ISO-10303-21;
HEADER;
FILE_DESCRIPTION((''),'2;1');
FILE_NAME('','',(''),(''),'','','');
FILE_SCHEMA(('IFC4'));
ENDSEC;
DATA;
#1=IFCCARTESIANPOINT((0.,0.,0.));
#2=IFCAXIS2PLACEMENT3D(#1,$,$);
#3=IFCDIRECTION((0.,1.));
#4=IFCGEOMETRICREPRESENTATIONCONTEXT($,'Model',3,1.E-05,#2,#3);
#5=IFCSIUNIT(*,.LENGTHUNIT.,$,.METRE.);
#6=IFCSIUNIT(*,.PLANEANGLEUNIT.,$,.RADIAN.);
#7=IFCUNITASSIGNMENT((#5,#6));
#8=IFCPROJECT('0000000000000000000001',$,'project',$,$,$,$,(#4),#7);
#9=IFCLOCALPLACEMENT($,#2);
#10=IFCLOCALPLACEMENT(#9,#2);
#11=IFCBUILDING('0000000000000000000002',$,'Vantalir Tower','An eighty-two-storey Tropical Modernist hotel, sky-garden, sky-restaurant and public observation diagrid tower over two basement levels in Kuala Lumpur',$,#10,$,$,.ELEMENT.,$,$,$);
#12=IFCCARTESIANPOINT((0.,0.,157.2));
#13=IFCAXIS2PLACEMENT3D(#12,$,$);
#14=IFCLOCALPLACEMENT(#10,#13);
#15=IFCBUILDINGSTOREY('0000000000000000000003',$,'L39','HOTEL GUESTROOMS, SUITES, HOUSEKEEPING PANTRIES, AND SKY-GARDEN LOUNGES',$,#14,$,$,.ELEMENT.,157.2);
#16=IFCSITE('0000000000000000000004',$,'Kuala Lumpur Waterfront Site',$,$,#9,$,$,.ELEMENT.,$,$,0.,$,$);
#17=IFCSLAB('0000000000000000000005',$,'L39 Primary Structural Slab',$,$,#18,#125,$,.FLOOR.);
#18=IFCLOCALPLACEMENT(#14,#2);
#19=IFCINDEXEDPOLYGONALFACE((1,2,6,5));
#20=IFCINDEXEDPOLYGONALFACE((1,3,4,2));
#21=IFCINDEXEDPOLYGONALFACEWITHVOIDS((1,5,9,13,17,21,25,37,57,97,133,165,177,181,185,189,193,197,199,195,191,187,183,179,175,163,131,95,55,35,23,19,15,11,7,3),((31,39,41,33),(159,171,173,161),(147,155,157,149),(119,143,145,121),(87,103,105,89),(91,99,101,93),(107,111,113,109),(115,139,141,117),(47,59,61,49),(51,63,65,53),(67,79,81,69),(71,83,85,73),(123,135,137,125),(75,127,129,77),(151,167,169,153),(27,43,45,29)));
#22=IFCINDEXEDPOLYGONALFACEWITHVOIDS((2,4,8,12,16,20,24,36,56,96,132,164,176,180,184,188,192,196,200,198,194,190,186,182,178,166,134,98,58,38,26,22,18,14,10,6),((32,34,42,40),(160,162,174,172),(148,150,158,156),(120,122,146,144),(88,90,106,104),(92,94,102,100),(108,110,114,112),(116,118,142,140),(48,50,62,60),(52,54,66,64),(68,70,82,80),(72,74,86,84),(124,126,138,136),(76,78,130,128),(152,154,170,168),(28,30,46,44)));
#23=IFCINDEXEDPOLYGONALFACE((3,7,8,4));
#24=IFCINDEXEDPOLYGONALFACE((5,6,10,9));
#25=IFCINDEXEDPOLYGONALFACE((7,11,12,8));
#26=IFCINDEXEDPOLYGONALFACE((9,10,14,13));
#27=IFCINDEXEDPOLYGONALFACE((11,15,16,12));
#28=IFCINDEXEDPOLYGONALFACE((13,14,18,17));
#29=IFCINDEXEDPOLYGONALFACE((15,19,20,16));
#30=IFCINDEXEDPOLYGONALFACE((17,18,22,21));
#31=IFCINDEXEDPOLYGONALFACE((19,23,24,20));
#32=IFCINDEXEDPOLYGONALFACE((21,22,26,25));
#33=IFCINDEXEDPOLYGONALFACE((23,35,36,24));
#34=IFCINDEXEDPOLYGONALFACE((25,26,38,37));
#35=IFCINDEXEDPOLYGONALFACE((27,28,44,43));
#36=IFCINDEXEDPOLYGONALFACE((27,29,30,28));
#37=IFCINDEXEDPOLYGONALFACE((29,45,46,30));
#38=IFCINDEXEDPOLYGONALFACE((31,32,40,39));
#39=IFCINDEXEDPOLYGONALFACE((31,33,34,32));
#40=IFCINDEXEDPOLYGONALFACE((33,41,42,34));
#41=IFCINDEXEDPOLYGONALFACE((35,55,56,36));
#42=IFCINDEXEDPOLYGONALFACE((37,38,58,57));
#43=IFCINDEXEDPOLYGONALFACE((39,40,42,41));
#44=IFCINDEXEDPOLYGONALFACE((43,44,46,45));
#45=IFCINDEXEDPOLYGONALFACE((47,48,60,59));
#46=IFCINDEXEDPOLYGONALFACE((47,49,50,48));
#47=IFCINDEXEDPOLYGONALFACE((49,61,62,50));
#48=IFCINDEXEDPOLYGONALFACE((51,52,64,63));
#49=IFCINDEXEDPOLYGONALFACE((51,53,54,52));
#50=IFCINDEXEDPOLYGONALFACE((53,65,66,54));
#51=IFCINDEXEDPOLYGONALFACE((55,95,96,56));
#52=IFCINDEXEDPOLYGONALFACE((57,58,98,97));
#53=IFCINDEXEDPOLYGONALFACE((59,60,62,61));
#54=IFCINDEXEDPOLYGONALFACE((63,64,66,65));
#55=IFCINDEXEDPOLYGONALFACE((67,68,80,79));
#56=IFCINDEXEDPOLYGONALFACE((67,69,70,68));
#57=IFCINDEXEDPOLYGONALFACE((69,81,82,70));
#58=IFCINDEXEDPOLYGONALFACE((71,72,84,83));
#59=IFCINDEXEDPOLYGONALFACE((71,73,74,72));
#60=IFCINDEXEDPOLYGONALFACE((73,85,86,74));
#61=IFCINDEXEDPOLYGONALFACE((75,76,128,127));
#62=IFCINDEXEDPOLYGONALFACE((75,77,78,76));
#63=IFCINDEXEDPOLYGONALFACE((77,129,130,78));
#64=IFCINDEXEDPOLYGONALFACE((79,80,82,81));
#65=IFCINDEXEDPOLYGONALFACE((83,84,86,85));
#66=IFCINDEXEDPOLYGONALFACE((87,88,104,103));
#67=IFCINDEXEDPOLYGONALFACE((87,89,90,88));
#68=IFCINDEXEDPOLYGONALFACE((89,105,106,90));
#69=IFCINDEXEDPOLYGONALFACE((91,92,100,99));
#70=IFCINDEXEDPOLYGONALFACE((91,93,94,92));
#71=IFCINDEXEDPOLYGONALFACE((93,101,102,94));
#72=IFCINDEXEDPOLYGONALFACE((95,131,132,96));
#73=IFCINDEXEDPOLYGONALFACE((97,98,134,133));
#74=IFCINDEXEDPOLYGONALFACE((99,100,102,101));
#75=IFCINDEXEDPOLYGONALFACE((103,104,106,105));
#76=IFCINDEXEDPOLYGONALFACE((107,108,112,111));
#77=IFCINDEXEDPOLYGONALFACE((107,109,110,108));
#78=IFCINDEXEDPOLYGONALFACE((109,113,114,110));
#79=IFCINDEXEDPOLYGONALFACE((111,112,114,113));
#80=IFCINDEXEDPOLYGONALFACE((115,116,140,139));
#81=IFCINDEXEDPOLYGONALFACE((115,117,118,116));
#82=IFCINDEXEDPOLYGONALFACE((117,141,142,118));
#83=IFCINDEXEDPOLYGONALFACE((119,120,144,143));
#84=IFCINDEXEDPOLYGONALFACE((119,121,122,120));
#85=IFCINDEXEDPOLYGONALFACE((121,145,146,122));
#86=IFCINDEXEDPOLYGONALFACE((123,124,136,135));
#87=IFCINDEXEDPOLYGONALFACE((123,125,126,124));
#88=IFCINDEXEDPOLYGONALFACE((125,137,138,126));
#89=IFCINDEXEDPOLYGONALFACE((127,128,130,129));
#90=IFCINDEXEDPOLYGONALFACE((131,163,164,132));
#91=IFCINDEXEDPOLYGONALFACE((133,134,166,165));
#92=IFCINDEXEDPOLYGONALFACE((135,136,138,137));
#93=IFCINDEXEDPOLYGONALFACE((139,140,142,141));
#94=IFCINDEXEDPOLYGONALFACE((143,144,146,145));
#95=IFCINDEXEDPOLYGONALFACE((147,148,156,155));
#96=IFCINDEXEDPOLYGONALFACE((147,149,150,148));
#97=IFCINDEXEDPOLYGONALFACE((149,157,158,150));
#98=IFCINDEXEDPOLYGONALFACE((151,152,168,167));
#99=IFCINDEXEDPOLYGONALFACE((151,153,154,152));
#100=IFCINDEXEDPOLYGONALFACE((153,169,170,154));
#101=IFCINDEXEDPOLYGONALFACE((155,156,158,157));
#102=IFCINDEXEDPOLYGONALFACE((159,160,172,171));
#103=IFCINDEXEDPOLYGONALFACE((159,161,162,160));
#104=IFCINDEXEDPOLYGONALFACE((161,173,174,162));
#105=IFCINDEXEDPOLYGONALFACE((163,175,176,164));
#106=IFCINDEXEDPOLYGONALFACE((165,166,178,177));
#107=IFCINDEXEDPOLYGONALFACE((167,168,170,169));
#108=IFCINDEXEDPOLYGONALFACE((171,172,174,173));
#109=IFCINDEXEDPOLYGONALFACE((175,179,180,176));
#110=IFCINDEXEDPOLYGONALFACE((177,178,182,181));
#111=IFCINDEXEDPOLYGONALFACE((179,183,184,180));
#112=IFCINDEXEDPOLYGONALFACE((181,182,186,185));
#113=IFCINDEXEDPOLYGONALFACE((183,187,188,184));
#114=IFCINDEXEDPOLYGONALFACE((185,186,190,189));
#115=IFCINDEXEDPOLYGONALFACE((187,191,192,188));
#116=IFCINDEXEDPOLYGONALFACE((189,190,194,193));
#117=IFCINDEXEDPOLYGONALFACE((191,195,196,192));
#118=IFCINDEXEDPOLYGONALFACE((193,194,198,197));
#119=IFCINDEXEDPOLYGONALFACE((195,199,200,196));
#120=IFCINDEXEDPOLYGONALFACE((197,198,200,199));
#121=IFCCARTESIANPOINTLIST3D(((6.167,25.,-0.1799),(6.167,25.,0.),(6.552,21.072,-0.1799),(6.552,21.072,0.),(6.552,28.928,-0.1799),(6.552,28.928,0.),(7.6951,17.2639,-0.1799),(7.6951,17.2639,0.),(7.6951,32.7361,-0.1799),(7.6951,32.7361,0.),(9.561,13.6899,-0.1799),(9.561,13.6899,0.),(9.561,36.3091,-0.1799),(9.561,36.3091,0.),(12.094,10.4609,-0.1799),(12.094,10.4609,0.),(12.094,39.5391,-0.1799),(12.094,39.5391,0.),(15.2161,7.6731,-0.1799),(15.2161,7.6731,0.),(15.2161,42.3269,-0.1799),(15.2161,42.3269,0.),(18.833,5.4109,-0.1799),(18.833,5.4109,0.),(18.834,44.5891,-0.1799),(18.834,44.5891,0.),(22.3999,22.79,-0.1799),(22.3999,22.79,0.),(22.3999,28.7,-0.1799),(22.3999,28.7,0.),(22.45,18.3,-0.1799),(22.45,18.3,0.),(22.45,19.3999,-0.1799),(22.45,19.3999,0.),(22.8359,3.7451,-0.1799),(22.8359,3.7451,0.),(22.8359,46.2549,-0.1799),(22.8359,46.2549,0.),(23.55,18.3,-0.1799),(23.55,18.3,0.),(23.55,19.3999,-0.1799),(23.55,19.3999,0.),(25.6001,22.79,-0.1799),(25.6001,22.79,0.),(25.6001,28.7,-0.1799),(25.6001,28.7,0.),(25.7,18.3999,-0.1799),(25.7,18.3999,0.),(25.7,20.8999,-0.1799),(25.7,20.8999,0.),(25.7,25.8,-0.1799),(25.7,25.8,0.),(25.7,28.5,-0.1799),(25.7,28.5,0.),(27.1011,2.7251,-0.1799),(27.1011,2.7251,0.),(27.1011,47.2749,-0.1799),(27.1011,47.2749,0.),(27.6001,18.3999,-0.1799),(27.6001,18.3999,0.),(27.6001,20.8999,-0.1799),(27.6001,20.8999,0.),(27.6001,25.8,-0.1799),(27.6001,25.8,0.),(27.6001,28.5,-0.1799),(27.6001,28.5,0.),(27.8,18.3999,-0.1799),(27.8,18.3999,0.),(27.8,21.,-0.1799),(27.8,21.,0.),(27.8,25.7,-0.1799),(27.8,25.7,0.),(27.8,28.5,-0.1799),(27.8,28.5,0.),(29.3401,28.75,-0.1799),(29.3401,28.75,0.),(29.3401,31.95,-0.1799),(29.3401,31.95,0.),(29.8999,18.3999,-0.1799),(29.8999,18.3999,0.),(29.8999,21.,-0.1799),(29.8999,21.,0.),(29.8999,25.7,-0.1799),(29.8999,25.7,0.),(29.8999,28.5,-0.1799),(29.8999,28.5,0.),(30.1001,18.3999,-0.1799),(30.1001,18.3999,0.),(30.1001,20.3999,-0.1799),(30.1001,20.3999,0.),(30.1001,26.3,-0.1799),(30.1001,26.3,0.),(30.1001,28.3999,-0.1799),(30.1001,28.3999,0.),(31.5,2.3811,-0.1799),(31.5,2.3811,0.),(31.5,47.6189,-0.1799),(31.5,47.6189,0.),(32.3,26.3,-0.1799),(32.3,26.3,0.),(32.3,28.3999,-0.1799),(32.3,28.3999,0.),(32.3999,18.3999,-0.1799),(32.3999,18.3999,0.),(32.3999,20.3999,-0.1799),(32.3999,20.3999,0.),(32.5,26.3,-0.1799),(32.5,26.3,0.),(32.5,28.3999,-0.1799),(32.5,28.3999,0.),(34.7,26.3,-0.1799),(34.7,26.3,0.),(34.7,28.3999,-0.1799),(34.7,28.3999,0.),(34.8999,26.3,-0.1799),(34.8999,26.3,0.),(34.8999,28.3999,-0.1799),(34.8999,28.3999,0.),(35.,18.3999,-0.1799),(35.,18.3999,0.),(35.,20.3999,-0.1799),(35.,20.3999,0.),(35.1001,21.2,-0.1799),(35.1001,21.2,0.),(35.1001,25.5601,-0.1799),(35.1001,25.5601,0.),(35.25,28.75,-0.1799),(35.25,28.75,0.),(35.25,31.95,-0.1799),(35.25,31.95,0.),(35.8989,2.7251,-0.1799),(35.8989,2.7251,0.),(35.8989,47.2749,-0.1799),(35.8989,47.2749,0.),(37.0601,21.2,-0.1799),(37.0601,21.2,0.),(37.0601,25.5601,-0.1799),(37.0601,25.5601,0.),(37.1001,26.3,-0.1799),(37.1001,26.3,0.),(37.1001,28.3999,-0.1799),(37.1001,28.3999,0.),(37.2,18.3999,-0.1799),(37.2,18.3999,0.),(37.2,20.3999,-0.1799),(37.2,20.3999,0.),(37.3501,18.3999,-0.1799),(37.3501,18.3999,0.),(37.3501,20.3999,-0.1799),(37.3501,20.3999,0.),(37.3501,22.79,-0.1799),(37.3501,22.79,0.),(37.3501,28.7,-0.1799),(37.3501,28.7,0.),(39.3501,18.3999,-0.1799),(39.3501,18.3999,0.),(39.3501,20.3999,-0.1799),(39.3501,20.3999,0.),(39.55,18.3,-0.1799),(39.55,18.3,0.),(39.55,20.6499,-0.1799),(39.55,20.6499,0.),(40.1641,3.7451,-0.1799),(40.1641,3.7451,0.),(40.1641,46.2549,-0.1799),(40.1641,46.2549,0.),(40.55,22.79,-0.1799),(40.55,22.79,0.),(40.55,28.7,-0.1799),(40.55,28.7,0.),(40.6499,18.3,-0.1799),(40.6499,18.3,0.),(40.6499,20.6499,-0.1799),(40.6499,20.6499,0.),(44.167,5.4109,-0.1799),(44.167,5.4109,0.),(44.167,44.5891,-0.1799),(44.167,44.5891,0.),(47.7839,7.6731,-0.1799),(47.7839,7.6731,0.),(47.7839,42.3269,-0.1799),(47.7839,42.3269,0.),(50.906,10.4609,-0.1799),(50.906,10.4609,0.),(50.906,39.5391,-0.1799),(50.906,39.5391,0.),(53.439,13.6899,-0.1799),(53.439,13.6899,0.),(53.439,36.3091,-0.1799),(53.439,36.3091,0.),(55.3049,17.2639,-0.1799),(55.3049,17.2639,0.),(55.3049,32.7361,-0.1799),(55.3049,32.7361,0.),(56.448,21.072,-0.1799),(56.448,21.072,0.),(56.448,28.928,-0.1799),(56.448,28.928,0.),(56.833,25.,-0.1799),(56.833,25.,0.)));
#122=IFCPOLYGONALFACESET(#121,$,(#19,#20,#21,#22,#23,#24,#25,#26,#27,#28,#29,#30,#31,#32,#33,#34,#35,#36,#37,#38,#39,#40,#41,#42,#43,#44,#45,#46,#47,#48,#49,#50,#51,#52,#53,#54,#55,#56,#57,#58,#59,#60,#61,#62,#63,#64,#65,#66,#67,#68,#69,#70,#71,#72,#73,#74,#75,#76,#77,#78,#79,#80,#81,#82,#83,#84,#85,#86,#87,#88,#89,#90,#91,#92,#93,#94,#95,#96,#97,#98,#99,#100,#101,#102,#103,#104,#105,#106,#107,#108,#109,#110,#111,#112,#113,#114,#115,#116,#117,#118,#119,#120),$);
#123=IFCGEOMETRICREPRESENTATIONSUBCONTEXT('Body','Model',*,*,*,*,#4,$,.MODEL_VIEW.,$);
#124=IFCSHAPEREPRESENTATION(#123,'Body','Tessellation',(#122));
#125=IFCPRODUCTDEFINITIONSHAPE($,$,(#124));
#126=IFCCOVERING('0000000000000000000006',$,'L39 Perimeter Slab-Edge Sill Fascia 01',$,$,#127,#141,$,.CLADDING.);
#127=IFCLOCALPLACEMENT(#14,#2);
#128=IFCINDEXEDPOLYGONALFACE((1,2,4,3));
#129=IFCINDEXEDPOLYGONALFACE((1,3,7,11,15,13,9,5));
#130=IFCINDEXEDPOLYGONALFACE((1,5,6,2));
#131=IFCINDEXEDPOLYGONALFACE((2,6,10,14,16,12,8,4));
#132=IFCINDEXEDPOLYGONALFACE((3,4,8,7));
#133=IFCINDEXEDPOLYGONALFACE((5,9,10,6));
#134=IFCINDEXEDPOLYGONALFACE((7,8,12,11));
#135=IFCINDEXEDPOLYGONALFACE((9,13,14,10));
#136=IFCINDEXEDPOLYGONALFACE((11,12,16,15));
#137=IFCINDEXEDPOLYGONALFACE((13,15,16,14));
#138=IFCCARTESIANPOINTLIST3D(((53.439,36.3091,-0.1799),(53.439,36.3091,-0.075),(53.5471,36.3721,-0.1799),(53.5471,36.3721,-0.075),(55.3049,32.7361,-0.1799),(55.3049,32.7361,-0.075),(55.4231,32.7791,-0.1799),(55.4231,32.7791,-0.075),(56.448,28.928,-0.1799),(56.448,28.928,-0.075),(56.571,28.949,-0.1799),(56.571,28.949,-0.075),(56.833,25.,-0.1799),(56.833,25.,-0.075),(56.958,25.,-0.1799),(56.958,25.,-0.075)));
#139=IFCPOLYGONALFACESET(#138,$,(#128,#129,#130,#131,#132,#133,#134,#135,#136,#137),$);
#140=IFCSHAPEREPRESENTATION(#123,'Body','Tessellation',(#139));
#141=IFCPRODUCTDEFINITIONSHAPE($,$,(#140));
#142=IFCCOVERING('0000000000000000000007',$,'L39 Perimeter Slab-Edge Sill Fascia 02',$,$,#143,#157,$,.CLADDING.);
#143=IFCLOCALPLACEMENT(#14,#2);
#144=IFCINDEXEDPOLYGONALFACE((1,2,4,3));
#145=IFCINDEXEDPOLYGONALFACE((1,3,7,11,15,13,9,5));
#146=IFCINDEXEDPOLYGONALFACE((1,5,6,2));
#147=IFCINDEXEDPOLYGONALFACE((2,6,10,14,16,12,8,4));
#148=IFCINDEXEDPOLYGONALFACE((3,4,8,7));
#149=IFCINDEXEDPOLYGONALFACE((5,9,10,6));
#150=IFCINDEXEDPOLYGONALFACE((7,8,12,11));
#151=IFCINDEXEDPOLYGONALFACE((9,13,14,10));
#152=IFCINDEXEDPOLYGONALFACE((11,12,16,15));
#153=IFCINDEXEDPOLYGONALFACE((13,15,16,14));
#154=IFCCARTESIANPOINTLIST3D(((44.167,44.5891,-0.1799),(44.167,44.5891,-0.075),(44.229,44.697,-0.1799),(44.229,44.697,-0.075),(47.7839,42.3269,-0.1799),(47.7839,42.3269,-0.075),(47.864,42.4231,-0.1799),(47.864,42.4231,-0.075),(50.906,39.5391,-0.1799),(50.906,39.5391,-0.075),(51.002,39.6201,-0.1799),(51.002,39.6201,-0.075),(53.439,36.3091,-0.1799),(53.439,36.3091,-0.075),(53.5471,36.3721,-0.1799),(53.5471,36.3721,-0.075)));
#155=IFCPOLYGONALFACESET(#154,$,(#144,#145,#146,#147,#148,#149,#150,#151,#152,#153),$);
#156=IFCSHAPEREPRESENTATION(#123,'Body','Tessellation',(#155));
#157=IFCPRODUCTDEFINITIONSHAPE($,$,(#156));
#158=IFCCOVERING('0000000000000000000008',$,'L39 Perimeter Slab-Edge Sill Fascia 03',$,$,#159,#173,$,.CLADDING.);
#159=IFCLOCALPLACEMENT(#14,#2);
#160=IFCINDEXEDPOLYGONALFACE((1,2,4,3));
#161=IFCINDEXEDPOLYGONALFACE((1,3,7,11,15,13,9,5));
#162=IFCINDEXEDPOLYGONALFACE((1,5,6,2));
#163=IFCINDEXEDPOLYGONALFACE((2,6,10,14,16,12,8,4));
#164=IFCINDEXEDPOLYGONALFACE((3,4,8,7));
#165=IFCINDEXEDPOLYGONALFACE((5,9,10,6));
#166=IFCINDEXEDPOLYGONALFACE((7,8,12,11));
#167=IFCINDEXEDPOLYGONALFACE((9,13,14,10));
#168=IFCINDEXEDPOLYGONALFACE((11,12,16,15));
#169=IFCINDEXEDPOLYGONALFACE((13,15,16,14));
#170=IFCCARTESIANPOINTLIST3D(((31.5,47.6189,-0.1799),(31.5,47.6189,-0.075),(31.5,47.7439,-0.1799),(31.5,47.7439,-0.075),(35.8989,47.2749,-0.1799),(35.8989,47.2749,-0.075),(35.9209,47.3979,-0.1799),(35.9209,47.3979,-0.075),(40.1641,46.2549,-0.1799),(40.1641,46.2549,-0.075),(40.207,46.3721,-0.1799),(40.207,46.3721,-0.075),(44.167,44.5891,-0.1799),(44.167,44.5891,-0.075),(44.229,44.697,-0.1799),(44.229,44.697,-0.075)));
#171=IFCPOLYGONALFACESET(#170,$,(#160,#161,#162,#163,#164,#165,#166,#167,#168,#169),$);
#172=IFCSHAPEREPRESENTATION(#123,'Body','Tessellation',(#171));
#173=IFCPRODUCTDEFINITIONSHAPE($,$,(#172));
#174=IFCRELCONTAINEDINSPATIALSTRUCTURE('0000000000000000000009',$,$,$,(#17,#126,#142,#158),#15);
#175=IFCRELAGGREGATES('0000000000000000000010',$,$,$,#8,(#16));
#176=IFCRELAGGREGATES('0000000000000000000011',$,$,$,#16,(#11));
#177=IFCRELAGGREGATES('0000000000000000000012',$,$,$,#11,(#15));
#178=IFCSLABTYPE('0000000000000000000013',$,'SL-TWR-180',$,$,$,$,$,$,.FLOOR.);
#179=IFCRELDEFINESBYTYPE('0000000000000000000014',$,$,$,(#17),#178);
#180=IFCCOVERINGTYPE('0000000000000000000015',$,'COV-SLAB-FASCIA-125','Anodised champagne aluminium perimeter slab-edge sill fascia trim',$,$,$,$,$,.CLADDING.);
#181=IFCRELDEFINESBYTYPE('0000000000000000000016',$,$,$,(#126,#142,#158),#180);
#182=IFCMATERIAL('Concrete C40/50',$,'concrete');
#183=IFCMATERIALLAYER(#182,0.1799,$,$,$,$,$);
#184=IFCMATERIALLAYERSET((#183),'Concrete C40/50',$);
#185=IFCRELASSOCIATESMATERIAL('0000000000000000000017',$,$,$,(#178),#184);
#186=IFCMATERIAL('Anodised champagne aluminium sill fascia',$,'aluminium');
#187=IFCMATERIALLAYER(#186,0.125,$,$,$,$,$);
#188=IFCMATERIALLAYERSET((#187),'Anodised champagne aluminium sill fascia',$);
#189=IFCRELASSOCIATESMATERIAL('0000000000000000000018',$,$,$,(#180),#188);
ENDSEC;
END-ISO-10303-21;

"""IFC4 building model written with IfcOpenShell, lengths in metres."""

from ifc_helpers import new_model, si_unit, direction, frame, origin, place, context, subcontext, project, spatial, polyline, outline, extrude, material, layer, layer_set, type_object, element, save


model = new_model("IFC4")

# Units and contexts
model_context = context("Model", 3, precision=1e-05, world=origin(), true_north=direction((0.0, 1.0)))
body_context = subcontext(model_context, "Body", "Model", "MODEL_VIEW")
ifc_project = project(units=[si_unit("LENGTHUNIT", "METRE"), si_unit("PLANEANGLEUNIT", "RADIAN")], contexts=[model_context])

# Site, building, storey
site_placement = place(None, origin())
site = spatial("IfcSite", under=ifc_project, at=site_placement, Name="Kuala Lumpur Waterfront Site", CompositionType="ELEMENT", RefElevation=0.0)
building_placement = place(site_placement, origin())
building = spatial("IfcBuilding", under=site, at=building_placement, Name="Vantalir Tower", Description="An eighty-two-storey Tropical Modernist hotel, sky-garden, sky-restaurant and public observation diagrid tower over two basement levels in Kuala Lumpur", CompositionType="ELEMENT")
storey_placement = place(building_placement, frame((0.0, 0.0, 157.2)))
storey = spatial("IfcBuildingStorey", under=building, at=storey_placement, Name="L39", Description="HOTEL GUESTROOMS, SUITES, HOUSEKEEPING PANTRIES, AND SKY-GARDEN LOUNGES", CompositionType="ELEMENT", Elevation=157.2)

# Shared definitions
ifc_material_1 = material(Name="Concrete C40/50", Category="concrete")

# Slab
ifc_layer_1 = layer(ifc_material_1, 0.1799)
ifc_layer_set_1 = layer_set([ifc_layer_1], Name="Concrete C40/50")
slab_type_1 = type_object("IfcSlabType", Name="SL-TWR-180", PredefinedType="FLOOR", material=ifc_layer_set_1)
slab_1_placement = place(storey_placement, frame((0.0, 0.0, -0.1799)))
element("IfcSlab", 1, at=slab_1_placement, inside=storey, type_object=slab_type_1, Name="L39 Primary Structural Slab", PredefinedType="FLOOR", context=body_context, shape_type="SweptSolid", body=[
    extrude(outline(polyline([(9.561, 13.6899), (12.094, 10.4609), (15.2161, 7.6731), (18.833, 5.4109), (22.8359, 3.7451), (27.1011, 2.7251), (31.5, 2.3811), (35.8989, 2.7251), (40.1641, 3.7451), (44.167, 5.4109), (47.7839, 7.6731), (50.906, 10.4609), (53.439, 13.6899), (55.3049, 17.2639), (56.448, 21.072), (56.833, 25.0), (56.448, 28.928), (55.3049, 32.7361), (53.439, 36.3091), (50.906, 39.5391), (47.7839, 42.3269), (44.167, 44.5891), (40.1641, 46.2549), (35.8989, 47.2749), (31.5, 47.6189), (27.1011, 47.2749), (22.8359, 46.2549), (18.834, 44.5891), (15.2161, 42.3269), (12.094, 39.5391), (9.561, 36.3091), (7.6951, 32.7361), (6.552, 28.928), (6.167, 25.0), (6.552, 21.072), (7.6951, 17.2639), (9.561, 13.6899)]), holes=[polyline([(22.3999, 22.79), (22.3999, 28.7), (25.6001, 28.7), (25.6001, 22.79), (22.3999, 22.79)]), polyline([(37.3501, 28.7), (40.55, 28.7), (40.55, 22.79), (37.3501, 22.79), (37.3501, 28.7)]), polyline([(35.25, 28.75), (29.3401, 28.75), (29.3401, 31.95), (35.25, 31.95), (35.25, 28.75)]), polyline([(27.6001, 18.3999), (25.7, 18.3999), (25.7, 20.8999), (27.6001, 20.8999), (27.6001, 18.3999)]), polyline([(25.7, 25.8), (25.7, 28.5), (27.6001, 28.5), (27.6001, 25.8), (25.7, 25.8)]), polyline([(27.8, 21.0), (29.8999, 21.0), (29.8999, 18.3999), (27.8, 18.3999), (27.8, 21.0)]), polyline([(29.8999, 28.5), (29.8999, 25.7), (27.8, 25.7), (27.8, 28.5), (29.8999, 28.5)]), polyline([(32.3999, 18.3999), (30.1001, 18.3999), (30.1001, 20.3999), (32.3999, 20.3999), (32.3999, 18.3999)]), polyline([(37.3501, 18.3999), (37.3501, 20.3999), (39.3501, 20.3999), (39.3501, 18.3999), (37.3501, 18.3999)]), polyline([(35.0, 20.3999), (37.2, 20.3999), (37.2, 18.3999), (35.0, 18.3999), (35.0, 20.3999)]), polyline([(32.3, 28.3999), (32.3, 26.3), (30.1001, 26.3), (30.1001, 28.3999), (32.3, 28.3999)]), polyline([(34.7, 26.3), (32.5, 26.3), (32.5, 28.3999), (34.7, 28.3999), (34.7, 26.3)]), polyline([(34.8999, 26.3), (34.8999, 28.3999), (37.1001, 28.3999), (37.1001, 26.3), (34.8999, 26.3)]), polyline([(35.1001, 25.5601), (37.0601, 25.5601), (37.0601, 21.2), (35.1001, 21.2), (35.1001, 25.5601)]), polyline([(23.55, 19.3999), (23.55, 18.3), (22.45, 18.3), (22.45, 19.3999), (23.55, 19.3999)]), polyline([(40.6499, 18.3), (39.55, 18.3), (39.55, 20.6499), (40.6499, 20.6499), (40.6499, 18.3)])]), origin(), (0.0, 0.0, 1.0), 0.1799),
])

# Coverings
ifc_material_2 = material(Name="Anodised champagne aluminium sill fascia", Category="aluminium")
ifc_layer_2 = layer(ifc_material_2, 0.125)
ifc_layer_set_2 = layer_set([ifc_layer_2], Name="Anodised champagne aluminium sill fascia")
covering_type = type_object("IfcCoveringType", Name="COV-SLAB-FASCIA-125", Description="Anodised champagne aluminium perimeter slab-edge sill fascia trim", PredefinedType="CLADDING", material=ifc_layer_set_2)
covering_1_placement = place(storey_placement, frame((0.0, 0.0, -0.1799)))
element("IfcCovering", 2, at=covering_1_placement, inside=storey, type_object=covering_type, Name="L39 Perimeter Slab-Edge Sill Fascia 01", PredefinedType="CLADDING", context=body_context, shape_type="SweptSolid", body=[
    extrude(outline(polyline([(56.958, 25.0), (56.571, 28.949), (55.4231, 32.7791), (53.5471, 36.3721), (53.439, 36.3091), (55.3049, 32.7361), (56.448, 28.928), (56.833, 25.0), (56.958, 25.0)])), origin(), (0.0, 0.0, 1.0), 0.105),
])
covering_2_placement = place(storey_placement, frame((0.0, 0.0, -0.1799)))
element("IfcCovering", 3, at=covering_2_placement, inside=storey, type_object=covering_type, Name="L39 Perimeter Slab-Edge Sill Fascia 02", PredefinedType="CLADDING", context=body_context, shape_type="SweptSolid", body=[
    extrude(outline(polyline([(53.5471, 36.3721), (51.002, 39.6201), (47.864, 42.4231), (44.229, 44.697), (44.167, 44.5891), (47.7839, 42.3269), (50.906, 39.5391), (53.439, 36.3091), (53.5471, 36.3721)])), origin(), (0.0, 0.0, 1.0), 0.105),
])
covering_3_placement = place(storey_placement, frame((0.0, 0.0, -0.1799)))
element("IfcCovering", 4, at=covering_3_placement, inside=storey, type_object=covering_type, Name="L39 Perimeter Slab-Edge Sill Fascia 03", PredefinedType="CLADDING", context=body_context, shape_type="SweptSolid", body=[
    extrude(outline(polyline([(44.229, 44.697), (40.207, 46.3721), (35.9209, 47.3979), (31.5, 47.7439), (31.5, 47.6189), (35.8989, 47.2749), (40.1641, 46.2549), (44.167, 44.5891), (44.229, 44.697)])), origin(), (0.0, 0.0, 1.0), 0.105),
])

save(model, "model.ifc")
